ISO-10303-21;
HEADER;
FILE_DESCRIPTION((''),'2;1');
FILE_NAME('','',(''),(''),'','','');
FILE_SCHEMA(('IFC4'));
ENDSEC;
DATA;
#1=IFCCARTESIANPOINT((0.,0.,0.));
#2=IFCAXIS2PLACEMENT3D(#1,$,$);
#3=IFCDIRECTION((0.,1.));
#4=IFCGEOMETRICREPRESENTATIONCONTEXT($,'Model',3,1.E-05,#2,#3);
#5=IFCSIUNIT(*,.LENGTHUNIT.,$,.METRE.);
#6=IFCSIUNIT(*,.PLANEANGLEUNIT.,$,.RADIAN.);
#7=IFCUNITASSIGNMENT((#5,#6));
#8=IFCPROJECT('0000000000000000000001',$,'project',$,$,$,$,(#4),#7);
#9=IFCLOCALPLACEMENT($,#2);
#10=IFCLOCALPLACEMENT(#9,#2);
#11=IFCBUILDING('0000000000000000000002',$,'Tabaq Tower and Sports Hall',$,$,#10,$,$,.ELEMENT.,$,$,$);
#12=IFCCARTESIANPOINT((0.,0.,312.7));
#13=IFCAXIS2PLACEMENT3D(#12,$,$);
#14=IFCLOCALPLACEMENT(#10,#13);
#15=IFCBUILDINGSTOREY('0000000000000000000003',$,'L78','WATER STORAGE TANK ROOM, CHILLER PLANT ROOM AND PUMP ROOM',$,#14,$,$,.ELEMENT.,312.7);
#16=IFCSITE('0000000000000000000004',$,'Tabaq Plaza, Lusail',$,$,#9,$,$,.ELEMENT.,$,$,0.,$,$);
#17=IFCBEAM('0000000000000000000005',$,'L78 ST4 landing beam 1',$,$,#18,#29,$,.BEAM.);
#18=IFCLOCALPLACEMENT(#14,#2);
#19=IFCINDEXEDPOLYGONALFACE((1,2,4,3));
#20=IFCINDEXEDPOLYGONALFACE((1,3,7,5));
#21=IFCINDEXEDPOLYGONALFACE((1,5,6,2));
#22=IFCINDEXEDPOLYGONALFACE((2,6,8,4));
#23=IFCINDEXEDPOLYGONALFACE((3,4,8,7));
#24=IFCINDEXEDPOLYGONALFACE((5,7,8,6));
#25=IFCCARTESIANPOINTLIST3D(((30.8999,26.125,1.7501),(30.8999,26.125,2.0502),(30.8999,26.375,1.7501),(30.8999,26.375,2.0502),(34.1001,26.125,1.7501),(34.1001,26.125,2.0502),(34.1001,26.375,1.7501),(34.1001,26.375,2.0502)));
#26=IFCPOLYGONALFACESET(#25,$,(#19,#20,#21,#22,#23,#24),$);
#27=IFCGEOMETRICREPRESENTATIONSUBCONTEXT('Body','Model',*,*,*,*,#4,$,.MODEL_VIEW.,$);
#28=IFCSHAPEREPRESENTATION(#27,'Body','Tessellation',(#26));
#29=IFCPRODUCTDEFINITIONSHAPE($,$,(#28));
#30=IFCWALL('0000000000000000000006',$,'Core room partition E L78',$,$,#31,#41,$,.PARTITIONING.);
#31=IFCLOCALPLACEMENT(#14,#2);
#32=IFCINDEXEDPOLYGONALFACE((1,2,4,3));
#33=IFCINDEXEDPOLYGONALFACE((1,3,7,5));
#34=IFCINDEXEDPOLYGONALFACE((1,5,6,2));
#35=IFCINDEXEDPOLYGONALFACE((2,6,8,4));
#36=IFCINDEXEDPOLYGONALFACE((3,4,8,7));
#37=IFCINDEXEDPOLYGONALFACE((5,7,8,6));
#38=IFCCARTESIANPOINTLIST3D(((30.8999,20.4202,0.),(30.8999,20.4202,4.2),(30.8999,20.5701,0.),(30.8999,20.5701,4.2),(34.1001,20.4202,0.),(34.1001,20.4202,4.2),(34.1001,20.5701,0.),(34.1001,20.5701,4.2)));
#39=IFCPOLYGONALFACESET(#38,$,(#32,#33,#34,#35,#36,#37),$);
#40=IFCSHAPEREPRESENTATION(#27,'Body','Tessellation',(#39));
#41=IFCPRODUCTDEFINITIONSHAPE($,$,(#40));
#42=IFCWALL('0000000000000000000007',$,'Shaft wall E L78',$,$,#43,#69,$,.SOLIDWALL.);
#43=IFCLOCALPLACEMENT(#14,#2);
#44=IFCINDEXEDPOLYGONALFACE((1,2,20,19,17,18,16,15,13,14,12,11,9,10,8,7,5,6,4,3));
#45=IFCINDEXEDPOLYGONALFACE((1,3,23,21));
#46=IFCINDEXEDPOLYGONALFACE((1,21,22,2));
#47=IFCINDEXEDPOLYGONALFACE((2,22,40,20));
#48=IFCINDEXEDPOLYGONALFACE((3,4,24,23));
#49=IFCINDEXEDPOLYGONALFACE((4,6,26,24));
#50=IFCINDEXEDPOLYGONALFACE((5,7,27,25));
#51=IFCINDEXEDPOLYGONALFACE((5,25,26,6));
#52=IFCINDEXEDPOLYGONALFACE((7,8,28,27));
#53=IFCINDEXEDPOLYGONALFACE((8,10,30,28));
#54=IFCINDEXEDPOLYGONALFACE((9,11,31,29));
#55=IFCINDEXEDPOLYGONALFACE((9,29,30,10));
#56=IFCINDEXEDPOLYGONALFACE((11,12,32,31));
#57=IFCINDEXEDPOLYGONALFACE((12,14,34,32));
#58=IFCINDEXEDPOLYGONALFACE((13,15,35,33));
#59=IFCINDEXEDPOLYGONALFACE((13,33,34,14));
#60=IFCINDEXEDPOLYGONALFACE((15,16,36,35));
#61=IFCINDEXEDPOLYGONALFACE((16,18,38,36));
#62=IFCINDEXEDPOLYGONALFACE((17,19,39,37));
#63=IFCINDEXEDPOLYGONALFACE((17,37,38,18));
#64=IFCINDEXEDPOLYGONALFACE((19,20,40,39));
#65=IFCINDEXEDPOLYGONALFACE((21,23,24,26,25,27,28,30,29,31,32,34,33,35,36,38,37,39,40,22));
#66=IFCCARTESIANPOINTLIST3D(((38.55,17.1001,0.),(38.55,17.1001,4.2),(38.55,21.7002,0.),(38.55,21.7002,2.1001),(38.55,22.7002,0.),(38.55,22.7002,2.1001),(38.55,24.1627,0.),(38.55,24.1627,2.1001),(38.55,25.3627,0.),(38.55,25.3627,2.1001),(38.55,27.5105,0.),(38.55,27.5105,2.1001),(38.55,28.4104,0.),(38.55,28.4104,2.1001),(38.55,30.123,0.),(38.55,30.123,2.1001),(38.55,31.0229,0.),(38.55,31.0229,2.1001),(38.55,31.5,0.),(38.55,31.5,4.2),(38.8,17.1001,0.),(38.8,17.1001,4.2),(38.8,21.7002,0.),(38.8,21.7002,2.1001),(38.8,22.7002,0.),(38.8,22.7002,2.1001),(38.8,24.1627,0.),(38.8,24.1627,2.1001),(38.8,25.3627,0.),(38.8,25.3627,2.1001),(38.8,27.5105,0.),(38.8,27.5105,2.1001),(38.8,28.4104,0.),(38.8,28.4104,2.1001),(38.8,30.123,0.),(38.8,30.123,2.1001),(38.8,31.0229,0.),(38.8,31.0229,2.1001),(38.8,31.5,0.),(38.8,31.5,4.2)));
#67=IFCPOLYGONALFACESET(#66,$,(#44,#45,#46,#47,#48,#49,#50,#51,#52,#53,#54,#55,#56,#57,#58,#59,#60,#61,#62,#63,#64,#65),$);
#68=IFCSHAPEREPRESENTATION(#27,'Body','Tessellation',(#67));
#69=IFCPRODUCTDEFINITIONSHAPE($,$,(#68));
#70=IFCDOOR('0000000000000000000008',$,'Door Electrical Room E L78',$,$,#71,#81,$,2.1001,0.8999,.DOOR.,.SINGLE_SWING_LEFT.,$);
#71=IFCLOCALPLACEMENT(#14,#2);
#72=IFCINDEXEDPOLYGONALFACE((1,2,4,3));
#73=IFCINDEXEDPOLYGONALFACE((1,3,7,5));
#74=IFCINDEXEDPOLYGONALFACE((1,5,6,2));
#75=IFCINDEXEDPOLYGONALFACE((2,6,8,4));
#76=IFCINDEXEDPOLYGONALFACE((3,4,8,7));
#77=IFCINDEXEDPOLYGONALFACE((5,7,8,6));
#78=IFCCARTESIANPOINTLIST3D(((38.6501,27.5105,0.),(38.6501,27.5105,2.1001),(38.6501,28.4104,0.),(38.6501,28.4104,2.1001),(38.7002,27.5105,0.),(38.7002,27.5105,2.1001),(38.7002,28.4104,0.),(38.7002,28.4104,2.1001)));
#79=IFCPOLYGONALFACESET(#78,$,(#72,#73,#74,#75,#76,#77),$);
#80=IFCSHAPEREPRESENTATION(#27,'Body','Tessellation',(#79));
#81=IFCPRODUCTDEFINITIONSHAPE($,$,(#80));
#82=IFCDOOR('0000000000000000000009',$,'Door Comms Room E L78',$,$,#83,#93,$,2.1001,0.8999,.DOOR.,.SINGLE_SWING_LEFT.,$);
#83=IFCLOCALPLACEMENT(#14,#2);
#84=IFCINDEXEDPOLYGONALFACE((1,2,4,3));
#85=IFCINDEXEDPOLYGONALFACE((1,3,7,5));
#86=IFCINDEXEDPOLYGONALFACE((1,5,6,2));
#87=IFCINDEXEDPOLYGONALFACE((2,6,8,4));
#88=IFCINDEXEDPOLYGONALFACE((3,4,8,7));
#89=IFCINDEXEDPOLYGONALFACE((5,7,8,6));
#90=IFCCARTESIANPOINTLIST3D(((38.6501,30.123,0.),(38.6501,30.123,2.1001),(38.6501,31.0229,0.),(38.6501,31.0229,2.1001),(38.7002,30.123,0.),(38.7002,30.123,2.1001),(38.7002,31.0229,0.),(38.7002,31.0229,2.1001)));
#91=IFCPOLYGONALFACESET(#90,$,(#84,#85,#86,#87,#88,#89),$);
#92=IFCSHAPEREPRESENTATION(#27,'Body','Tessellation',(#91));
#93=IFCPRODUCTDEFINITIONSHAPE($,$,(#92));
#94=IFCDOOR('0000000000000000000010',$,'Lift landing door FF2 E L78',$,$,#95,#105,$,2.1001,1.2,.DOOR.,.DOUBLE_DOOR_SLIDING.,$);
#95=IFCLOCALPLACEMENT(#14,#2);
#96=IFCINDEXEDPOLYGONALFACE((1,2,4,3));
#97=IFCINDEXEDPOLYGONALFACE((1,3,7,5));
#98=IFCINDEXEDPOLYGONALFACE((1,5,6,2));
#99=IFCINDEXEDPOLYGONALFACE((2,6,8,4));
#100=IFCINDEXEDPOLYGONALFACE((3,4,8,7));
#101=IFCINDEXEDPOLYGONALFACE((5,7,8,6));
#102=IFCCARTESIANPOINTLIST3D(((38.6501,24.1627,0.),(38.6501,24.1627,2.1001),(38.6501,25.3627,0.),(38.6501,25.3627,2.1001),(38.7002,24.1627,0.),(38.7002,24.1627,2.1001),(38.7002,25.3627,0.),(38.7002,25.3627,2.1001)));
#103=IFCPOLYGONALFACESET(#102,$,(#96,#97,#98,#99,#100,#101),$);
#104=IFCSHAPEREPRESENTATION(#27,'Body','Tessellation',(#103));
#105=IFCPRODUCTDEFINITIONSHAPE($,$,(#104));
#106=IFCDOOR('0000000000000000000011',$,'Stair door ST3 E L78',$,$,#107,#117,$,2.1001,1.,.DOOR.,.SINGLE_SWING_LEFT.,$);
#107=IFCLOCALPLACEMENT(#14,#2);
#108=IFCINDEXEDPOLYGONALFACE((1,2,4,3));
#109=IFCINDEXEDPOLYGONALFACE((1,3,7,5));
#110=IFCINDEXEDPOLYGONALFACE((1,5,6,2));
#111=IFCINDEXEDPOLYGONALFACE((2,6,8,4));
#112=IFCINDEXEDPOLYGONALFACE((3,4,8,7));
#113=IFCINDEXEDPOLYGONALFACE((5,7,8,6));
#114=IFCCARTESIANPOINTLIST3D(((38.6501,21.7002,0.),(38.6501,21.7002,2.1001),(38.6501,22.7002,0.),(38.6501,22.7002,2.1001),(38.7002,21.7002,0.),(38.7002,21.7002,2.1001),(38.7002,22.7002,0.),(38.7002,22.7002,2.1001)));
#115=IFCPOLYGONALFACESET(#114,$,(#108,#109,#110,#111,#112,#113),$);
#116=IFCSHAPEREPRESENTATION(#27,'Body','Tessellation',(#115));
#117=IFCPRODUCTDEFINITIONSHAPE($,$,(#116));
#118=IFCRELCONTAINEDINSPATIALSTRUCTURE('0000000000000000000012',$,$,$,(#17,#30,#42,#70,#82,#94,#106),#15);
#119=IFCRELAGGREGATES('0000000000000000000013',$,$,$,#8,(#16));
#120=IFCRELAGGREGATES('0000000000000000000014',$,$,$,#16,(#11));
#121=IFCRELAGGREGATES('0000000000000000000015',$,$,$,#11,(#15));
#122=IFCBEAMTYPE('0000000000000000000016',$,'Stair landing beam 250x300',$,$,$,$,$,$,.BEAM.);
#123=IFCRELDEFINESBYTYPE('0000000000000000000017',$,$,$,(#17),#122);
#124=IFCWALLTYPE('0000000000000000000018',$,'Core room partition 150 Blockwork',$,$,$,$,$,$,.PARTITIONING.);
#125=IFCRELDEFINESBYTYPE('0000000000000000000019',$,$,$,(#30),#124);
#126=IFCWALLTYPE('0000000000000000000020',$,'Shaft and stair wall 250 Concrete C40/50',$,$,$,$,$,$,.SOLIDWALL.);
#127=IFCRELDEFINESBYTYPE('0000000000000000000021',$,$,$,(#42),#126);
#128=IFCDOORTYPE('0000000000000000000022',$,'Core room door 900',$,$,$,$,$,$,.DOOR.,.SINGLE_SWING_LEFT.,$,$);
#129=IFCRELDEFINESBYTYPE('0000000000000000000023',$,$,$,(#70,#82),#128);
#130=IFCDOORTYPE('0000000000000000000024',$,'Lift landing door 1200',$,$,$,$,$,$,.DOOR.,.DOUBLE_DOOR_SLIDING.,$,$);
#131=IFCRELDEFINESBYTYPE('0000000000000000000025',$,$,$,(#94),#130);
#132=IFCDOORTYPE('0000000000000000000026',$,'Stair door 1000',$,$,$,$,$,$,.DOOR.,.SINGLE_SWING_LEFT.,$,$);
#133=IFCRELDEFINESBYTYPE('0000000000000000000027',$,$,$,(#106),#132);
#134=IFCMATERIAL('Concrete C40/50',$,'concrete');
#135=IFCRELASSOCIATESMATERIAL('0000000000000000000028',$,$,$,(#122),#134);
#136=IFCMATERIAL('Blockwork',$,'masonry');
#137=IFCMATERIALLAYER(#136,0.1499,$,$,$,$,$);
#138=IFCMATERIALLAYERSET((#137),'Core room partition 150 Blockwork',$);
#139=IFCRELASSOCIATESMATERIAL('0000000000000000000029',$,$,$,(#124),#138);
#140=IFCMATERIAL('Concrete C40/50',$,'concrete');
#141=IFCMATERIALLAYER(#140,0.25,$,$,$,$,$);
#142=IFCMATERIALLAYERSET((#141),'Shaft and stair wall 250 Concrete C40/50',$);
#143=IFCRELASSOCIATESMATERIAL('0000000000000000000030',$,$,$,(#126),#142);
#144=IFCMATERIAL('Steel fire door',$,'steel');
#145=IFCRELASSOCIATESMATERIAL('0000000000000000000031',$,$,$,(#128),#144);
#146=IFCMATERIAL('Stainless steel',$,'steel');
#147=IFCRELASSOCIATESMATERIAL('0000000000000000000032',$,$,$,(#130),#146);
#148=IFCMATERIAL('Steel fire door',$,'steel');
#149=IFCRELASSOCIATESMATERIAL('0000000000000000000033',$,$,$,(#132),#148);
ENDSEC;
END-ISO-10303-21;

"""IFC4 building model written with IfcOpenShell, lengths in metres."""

from ifc_helpers import new_model, si_unit, direction, frame, frame_2d, origin, origin_2d, place, context, subcontext, project, spatial, rectangle, extrude, material, layer, layer_set, material_profile, profile_set, type_object, element, fill, save


model = new_model("IFC4")

# Units and contexts
model_context = context("Model", 3, precision=1e-05, world=origin(), true_north=direction((0.0, 1.0)))
body_context = subcontext(model_context, "Body", "Model", "MODEL_VIEW")
ifc_project = project(units=[si_unit("LENGTHUNIT", "METRE"), si_unit("PLANEANGLEUNIT", "RADIAN")], contexts=[model_context])

# Site, building, storey
site_placement = place(None, origin())
site = spatial("IfcSite", under=ifc_project, at=site_placement, Name="Tabaq Plaza, Lusail", CompositionType="ELEMENT", RefElevation=0.0)
building_placement = place(site_placement, origin())
building = spatial("IfcBuilding", under=site, at=building_placement, Name="Tabaq Tower and Sports Hall", CompositionType="ELEMENT")
storey_placement = place(building_placement, frame((0.0, 0.0, 312.7)))
storey = spatial("IfcBuildingStorey", under=building, at=storey_placement, Name="L78", Description="WATER STORAGE TANK ROOM, CHILLER PLANT ROOM AND PUMP ROOM", CompositionType="ELEMENT", Elevation=312.7)

# Beam
ifc_material_1 = material(Name="Concrete C40/50", Category="concrete")
ifc_material_profile = material_profile(ifc_material_1, rectangle(XDim=0.25, YDim=0.3, at=origin_2d()), Name="RC 250x300")
ifc_profile_set = profile_set([ifc_material_profile], Name="Concrete C40/50")
beam_type = type_object("IfcBeamType", Name="Stair landing beam 250x300", PredefinedType="BEAM", material=ifc_profile_set)
beam_placement = place(storey_placement, frame((30.8999, 26.25, 1.9001), z_axis=(1.0, 0.0, 0.0), x_axis=(0.0, 1.0, 0.0)))
element("IfcBeam", 1, at=beam_placement, inside=storey, type_object=beam_type, Name="L78 ST4 landing beam 1", PredefinedType="BEAM", context=body_context, shape_type="SweptSolid", body=[
    extrude(rectangle(XDim=0.25, YDim=0.3, at=origin_2d()), origin(), (0.0, 0.0, 1.0), 3.2002),
])

# Wall
ifc_material_2 = material(Name="Blockwork", Category="masonry")
ifc_layer_1 = layer(ifc_material_2, 0.1499)
ifc_layer_set_1 = layer_set([ifc_layer_1], Name="Core room partition 150 Blockwork")
wall_type_1 = type_object("IfcWallType", Name="Core room partition 150 Blockwork", PredefinedType="PARTITIONING", material=ifc_layer_set_1)
wall_1_placement = place(storey_placement, frame((30.8999, 20.4951, 0.0), z_axis=(0.0, 0.0, 1.0), x_axis=(1.0, 0.0, 0.0)))
element("IfcWall", 2, at=wall_1_placement, inside=storey, type_object=wall_type_1, Name="Core room partition E L78", PredefinedType="PARTITIONING", context=body_context, shape_type="SweptSolid", body=[
    extrude(rectangle(XDim=3.2002, YDim=0.1499, at=frame_2d((1.6001, 0.0))), origin(), (0.0, 0.0, 1.0), 4.2),
])

# Wall, openings, doors
ifc_material_3 = material(Name="Concrete C40/50", Category="concrete")
ifc_layer_2 = layer(ifc_material_3, 0.25)
ifc_layer_set_2 = layer_set([ifc_layer_2], Name="Shaft and stair wall 250 Concrete C40/50")
wall_type_2 = type_object("IfcWallType", Name="Shaft and stair wall 250 Concrete C40/50", PredefinedType="SOLIDWALL", material=ifc_layer_set_2)
wall_2_placement = place(storey_placement, frame((38.675, 17.1001, 0.0), z_axis=(0.0, 0.0, 1.0), x_axis=(0.0, 1.0, 0.0)))
wall_2 = element("IfcWall", 3, at=wall_2_placement, inside=storey, type_object=wall_type_2, Name="Shaft wall E L78", PredefinedType="SOLIDWALL", context=body_context, shape_type="SweptSolid", body=[
    extrude(rectangle(XDim=14.3999, YDim=0.25, at=frame_2d((7.2, 0.0))), origin(), (0.0, 0.0, 1.0), 4.2),
])
opening_1_placement = place(wall_2_placement, frame((4.6001, 0.0, 0.0)))
opening_1 = element("IfcOpeningElement", 4, at=opening_1_placement, cuts=wall_2, PredefinedType="OPENING", context=body_context, shape_type="SweptSolid", body=[
    extrude(rectangle(XDim=1.0, YDim=2.1001, at=frame_2d((0.5, 1.05))), frame((0.0, 0.125, 0.0), z_axis=(0.0, -1.0, 0.0), x_axis=(1.0, 0.0, 0.0)), (0.0, 0.0, 1.0), 0.25),
])
opening_2_placement = place(wall_2_placement, frame((7.0625, 0.0, 0.0)))
opening_2 = element("IfcOpeningElement", 5, at=opening_2_placement, cuts=wall_2, PredefinedType="OPENING", context=body_context, shape_type="SweptSolid", body=[
    extrude(rectangle(XDim=1.2, YDim=2.1001, at=frame_2d((0.6001, 1.05))), frame((0.0, 0.125, 0.0), z_axis=(0.0, -1.0, 0.0), x_axis=(1.0, 0.0, 0.0)), (0.0, 0.0, 1.0), 0.25),
])
opening_3_placement = place(wall_2_placement, frame((10.4104, 0.0, 0.0)))
opening_3 = element("IfcOpeningElement", 6, at=opening_3_placement, cuts=wall_2, PredefinedType="OPENING", context=body_context, shape_type="SweptSolid", body=[
    extrude(rectangle(XDim=0.8999, YDim=2.1001, at=frame_2d((0.45, 1.05))), frame((0.0, 0.125, 0.0), z_axis=(0.0, -1.0, 0.0), x_axis=(1.0, 0.0, 0.0)), (0.0, 0.0, 1.0), 0.25),
])
opening_4_placement = place(wall_2_placement, frame((13.0229, 0.0, 0.0)))
opening_4 = element("IfcOpeningElement", 7, at=opening_4_placement, cuts=wall_2, PredefinedType="OPENING", context=body_context, shape_type="SweptSolid", body=[
    extrude(rectangle(XDim=0.8999, YDim=2.1001, at=frame_2d((0.45, 1.05))), frame((0.0, 0.125, 0.0), z_axis=(0.0, -1.0, 0.0), x_axis=(1.0, 0.0, 0.0)), (0.0, 0.0, 1.0), 0.25),
])
ifc_material_4 = material(Name="Steel fire door", Category="steel")
door_type_1 = type_object("IfcDoorType", Name="Core room door 900", OperationType="SINGLE_SWING_LEFT", PredefinedType="DOOR", material=ifc_material_4)
door_1_placement = place(opening_3_placement, origin())
door_1 = element("IfcDoor", 8, at=door_1_placement, inside=storey, type_object=door_type_1, Name="Door Electrical Room E L78", OperationType="SINGLE_SWING_LEFT", OverallHeight=2.1001, OverallWidth=0.8999, PredefinedType="DOOR", context=body_context, shape_type="SweptSolid", body=[
    extrude(rectangle(XDim=0.8999, YDim=2.1001, at=frame_2d((0.45, 1.05))), frame((0.0, 0.0249, 0.0), z_axis=(0.0, -1.0, 0.0), x_axis=(1.0, 0.0, 0.0)), (0.0, 0.0, 1.0), 0.05),
])
fill(opening_3, door_1)
door_2_placement = place(opening_4_placement, origin())
door_2 = element("IfcDoor", 9, at=door_2_placement, inside=storey, type_object=door_type_1, Name="Door Comms Room E L78", OperationType="SINGLE_SWING_LEFT", OverallHeight=2.1001, OverallWidth=0.8999, PredefinedType="DOOR", context=body_context, shape_type="SweptSolid", body=[
    extrude(rectangle(XDim=0.8999, YDim=2.1001, at=frame_2d((0.45, 1.05))), frame((0.0, 0.0249, 0.0), z_axis=(0.0, -1.0, 0.0), x_axis=(1.0, 0.0, 0.0)), (0.0, 0.0, 1.0), 0.05),
])
fill(opening_4, door_2)
ifc_material_5 = material(Name="Stainless steel", Category="steel")
door_type_2 = type_object("IfcDoorType", Name="Lift landing door 1200", OperationType="DOUBLE_DOOR_SLIDING", PredefinedType="DOOR", material=ifc_material_5)
door_3_placement = place(opening_2_placement, origin())
door_3 = element("IfcDoor", 10, at=door_3_placement, inside=storey, type_object=door_type_2, Name="Lift landing door FF2 E L78", OperationType="DOUBLE_DOOR_SLIDING", OverallHeight=2.1001, OverallWidth=1.2, PredefinedType="DOOR", context=body_context, shape_type="SweptSolid", body=[
    extrude(rectangle(XDim=1.2, YDim=2.1001, at=frame_2d((0.6001, 1.05))), frame((0.0, 0.0249, 0.0), z_axis=(0.0, -1.0, 0.0), x_axis=(1.0, 0.0, 0.0)), (0.0, 0.0, 1.0), 0.05),
])
fill(opening_2, door_3)
ifc_material_6 = material(Name="Steel fire door", Category="steel")
door_type_3 = type_object("IfcDoorType", Name="Stair door 1000", OperationType="SINGLE_SWING_LEFT", PredefinedType="DOOR", material=ifc_material_6)
door_4_placement = place(opening_1_placement, origin())
door_4 = element("IfcDoor", 11, at=door_4_placement, inside=storey, type_object=door_type_3, Name="Stair door ST3 E L78", OperationType="SINGLE_SWING_LEFT", OverallHeight=2.1001, OverallWidth=1.0, PredefinedType="DOOR", context=body_context, shape_type="SweptSolid", body=[
    extrude(rectangle(XDim=1.0, YDim=2.1001, at=frame_2d((0.5, 1.05))), frame((0.0, 0.0249, 0.0), z_axis=(0.0, -1.0, 0.0), x_axis=(1.0, 0.0, 0.0)), (0.0, 0.0, 1.0), 0.05),
])
fill(opening_1, door_4)

save(model, "model.ifc")
